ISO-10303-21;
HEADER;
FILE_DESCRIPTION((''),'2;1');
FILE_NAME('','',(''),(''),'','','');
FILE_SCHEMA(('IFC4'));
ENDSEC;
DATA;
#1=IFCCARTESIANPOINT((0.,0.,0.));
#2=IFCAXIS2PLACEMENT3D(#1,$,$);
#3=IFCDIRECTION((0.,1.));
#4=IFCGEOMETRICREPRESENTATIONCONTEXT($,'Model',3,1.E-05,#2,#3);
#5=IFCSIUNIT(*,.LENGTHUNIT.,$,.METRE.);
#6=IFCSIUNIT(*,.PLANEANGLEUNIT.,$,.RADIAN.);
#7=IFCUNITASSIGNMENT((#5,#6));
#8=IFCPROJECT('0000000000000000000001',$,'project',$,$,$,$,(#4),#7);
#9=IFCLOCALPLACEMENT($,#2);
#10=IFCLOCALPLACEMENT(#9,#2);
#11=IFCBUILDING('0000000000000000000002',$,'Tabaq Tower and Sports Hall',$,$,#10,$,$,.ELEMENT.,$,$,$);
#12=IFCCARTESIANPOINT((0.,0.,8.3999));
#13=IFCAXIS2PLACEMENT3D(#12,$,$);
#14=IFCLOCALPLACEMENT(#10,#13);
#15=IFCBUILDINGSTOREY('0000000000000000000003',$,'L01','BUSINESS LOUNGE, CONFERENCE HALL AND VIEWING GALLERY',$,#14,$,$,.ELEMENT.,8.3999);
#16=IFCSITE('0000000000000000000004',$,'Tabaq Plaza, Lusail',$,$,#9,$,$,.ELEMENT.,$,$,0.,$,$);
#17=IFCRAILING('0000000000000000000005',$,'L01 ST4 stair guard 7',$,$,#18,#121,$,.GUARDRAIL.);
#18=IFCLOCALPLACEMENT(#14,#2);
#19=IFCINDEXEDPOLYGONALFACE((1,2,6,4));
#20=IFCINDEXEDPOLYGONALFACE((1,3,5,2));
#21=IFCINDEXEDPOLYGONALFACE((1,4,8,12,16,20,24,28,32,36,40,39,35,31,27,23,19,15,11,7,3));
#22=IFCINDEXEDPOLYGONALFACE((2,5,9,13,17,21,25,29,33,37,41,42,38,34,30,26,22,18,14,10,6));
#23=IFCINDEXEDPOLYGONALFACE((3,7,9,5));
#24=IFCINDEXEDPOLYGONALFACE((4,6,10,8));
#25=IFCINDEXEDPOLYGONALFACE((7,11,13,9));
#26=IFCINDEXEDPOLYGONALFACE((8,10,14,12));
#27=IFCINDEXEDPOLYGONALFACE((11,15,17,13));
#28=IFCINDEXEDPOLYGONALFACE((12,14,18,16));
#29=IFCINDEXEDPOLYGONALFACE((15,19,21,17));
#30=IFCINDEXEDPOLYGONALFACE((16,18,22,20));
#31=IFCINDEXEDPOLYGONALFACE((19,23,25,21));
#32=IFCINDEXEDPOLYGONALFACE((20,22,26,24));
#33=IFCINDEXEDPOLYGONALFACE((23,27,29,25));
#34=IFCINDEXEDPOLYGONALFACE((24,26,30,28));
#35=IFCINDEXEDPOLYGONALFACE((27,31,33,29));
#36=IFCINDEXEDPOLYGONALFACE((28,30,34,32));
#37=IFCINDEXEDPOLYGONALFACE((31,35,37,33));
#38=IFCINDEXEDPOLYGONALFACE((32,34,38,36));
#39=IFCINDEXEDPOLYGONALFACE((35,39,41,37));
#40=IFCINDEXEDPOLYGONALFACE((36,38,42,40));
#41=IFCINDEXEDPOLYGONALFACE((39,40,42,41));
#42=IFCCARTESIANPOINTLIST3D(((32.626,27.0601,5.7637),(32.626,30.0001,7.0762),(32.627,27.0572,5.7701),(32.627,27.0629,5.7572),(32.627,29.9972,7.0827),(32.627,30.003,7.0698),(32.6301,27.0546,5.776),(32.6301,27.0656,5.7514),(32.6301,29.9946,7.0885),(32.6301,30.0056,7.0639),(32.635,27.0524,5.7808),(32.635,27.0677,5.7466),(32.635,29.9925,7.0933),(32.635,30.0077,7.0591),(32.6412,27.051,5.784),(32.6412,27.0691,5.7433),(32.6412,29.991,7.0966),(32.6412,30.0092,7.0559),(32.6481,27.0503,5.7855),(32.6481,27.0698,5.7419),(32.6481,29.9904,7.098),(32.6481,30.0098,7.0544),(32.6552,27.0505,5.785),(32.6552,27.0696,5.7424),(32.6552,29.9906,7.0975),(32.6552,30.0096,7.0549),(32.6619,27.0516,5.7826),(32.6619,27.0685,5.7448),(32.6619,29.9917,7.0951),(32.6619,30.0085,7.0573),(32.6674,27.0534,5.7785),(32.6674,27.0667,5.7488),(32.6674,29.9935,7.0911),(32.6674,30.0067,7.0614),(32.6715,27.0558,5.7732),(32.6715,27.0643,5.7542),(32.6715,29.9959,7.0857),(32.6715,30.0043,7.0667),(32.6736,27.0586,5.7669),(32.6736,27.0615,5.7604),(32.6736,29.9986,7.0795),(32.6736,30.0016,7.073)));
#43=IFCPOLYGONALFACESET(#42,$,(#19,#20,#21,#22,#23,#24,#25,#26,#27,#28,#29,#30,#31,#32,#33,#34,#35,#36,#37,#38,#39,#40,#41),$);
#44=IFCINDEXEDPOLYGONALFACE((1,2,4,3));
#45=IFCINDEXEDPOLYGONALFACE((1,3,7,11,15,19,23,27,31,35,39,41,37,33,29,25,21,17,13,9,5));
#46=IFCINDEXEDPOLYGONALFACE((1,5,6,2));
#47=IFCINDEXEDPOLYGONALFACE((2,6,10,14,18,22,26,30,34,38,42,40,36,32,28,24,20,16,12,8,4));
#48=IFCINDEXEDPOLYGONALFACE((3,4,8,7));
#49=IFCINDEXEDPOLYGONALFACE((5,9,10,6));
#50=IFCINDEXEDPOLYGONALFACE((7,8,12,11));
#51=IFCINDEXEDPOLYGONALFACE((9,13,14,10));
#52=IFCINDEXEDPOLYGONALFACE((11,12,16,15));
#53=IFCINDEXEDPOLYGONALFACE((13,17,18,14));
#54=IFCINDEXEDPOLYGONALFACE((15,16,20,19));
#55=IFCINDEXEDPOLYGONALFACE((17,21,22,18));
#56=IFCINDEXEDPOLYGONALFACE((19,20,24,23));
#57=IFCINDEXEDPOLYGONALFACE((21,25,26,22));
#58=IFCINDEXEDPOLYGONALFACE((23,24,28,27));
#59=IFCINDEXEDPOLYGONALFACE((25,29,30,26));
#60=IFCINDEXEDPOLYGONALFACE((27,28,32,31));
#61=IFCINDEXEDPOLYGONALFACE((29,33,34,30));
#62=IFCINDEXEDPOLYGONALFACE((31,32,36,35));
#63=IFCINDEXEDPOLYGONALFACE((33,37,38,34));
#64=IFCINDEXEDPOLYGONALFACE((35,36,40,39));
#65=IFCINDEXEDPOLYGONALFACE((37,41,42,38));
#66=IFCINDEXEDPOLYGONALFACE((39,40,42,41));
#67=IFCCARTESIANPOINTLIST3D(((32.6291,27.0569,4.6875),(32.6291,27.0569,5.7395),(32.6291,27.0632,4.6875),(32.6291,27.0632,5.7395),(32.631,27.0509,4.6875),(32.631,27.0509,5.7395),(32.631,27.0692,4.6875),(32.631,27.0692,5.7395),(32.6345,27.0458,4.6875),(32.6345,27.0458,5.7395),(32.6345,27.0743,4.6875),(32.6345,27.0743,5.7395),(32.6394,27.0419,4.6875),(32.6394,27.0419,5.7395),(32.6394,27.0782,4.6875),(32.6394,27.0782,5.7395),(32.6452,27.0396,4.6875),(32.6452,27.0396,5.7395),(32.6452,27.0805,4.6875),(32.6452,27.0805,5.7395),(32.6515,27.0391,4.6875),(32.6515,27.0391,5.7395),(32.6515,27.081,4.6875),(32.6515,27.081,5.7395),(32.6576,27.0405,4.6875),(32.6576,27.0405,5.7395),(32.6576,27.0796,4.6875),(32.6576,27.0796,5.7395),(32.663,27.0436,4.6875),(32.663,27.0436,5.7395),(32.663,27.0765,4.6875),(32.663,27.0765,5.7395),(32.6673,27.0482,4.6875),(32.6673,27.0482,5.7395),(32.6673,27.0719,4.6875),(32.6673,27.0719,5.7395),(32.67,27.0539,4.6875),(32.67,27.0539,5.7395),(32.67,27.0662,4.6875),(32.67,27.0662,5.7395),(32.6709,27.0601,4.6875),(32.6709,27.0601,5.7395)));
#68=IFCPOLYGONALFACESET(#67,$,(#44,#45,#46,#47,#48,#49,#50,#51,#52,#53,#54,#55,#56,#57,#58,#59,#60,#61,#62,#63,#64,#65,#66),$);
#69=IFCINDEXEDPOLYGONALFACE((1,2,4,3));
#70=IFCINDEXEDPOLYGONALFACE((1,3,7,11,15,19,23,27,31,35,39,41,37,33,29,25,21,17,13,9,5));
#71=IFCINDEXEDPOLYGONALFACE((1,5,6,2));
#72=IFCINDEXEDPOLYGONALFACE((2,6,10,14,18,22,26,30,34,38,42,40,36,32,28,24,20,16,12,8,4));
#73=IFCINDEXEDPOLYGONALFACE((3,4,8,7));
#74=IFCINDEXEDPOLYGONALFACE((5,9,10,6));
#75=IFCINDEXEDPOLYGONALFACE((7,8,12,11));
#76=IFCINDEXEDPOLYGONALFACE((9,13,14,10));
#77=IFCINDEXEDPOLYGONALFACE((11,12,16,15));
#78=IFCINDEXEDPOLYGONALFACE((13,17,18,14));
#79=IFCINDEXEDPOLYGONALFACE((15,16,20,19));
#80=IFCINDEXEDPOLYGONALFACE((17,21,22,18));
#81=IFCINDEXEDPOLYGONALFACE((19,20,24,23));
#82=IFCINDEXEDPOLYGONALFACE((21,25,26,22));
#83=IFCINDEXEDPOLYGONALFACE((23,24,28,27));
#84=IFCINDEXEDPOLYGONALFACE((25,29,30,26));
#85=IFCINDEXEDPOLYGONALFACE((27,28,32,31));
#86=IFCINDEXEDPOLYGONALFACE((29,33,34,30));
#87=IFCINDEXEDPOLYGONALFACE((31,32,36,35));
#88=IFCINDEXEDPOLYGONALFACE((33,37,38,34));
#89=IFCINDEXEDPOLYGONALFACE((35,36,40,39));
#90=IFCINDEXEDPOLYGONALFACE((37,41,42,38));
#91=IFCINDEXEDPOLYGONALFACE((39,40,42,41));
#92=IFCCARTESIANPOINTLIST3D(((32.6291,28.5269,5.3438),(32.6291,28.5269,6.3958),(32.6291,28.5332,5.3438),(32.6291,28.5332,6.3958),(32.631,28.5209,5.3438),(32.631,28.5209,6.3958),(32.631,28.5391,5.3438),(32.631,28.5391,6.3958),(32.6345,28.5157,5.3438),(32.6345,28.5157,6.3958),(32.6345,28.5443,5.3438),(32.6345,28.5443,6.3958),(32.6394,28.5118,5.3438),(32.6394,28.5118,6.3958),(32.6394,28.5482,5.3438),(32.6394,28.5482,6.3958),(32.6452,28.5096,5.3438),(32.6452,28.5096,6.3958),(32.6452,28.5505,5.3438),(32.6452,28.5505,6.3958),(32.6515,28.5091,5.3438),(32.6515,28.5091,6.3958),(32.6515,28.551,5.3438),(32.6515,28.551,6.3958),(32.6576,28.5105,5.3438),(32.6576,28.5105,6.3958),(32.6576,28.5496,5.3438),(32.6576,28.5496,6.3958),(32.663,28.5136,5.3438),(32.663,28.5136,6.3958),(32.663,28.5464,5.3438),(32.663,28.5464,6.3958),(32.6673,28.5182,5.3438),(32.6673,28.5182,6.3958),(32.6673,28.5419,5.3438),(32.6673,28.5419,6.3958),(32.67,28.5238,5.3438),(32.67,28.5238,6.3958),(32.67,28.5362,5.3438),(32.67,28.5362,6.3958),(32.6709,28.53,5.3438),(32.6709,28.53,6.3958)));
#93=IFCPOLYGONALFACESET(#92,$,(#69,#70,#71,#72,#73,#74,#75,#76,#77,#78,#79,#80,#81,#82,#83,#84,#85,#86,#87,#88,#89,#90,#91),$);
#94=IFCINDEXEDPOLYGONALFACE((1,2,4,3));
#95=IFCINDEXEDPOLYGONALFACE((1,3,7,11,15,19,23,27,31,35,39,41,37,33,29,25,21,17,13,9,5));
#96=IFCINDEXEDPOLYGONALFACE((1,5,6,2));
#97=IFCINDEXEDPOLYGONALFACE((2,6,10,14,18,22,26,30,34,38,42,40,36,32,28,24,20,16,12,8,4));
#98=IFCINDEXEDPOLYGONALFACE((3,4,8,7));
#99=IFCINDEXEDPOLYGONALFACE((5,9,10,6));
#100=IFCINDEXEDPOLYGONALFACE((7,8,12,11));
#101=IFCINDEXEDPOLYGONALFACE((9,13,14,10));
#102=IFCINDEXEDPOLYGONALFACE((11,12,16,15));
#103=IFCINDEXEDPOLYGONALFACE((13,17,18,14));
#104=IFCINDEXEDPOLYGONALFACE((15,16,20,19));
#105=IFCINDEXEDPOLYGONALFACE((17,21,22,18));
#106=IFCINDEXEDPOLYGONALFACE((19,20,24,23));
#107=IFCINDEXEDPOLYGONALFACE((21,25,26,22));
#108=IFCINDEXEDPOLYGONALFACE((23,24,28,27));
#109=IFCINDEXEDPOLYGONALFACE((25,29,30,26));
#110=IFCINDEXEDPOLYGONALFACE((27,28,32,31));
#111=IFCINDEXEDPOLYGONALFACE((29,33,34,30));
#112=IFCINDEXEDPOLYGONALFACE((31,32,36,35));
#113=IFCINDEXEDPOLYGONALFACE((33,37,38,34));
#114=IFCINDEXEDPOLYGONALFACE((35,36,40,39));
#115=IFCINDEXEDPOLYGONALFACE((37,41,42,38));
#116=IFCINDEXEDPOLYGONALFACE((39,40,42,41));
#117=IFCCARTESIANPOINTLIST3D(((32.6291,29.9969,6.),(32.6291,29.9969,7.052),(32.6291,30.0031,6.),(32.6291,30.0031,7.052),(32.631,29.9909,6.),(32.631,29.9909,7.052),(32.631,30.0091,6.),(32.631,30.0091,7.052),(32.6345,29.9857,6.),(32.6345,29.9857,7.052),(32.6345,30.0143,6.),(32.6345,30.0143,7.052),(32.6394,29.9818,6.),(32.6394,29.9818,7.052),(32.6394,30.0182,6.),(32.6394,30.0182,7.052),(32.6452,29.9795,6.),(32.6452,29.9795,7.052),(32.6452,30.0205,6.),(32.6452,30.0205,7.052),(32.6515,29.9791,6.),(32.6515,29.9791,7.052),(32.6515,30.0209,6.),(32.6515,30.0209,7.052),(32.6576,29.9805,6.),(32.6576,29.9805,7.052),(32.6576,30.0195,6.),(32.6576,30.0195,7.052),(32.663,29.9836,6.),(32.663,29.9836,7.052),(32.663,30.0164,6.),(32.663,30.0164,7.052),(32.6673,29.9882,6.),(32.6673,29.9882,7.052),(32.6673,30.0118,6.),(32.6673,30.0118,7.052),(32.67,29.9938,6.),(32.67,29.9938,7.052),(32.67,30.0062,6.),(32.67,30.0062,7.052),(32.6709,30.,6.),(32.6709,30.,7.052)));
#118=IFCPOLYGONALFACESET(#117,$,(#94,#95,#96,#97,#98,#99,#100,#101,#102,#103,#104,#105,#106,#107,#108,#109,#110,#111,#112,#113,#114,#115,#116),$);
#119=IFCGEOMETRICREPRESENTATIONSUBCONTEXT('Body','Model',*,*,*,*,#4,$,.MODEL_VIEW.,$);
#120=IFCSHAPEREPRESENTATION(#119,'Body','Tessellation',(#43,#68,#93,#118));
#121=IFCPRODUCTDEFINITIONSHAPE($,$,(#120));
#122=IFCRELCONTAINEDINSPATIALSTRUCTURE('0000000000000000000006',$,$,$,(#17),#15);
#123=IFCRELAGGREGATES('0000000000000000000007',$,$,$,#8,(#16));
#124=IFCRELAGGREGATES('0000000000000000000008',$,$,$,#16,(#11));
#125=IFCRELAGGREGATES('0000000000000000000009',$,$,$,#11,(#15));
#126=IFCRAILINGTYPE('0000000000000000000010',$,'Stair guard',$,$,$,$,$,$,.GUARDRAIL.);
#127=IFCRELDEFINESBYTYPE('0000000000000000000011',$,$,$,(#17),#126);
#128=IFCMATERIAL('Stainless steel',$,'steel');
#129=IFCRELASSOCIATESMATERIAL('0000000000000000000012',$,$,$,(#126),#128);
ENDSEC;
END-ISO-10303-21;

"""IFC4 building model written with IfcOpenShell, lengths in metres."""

from ifc_helpers import new_model, si_unit, direction, frame, origin, origin_2d, place, context, subcontext, project, spatial, circle, extrude, material, type_object, element, save


model = new_model("IFC4")

# Units and contexts
model_context = context("Model", 3, precision=1e-05, world=origin(), true_north=direction((0.0, 1.0)))
body_context = subcontext(model_context, "Body", "Model", "MODEL_VIEW")
ifc_project = project(units=[si_unit("LENGTHUNIT", "METRE"), si_unit("PLANEANGLEUNIT", "RADIAN")], contexts=[model_context])

# Site, building, storey
site_placement = place(None, origin())
site = spatial("IfcSite", under=ifc_project, at=site_placement, Name="Tabaq Plaza, Lusail", CompositionType="ELEMENT", RefElevation=0.0)
building_placement = place(site_placement, origin())
building = spatial("IfcBuilding", under=site, at=building_placement, Name="Tabaq Tower and Sports Hall", CompositionType="ELEMENT")
storey_placement = place(building_placement, frame((0.0, 0.0, 8.3999)))
storey = spatial("IfcBuildingStorey", under=building, at=storey_placement, Name="L01", Description="BUSINESS LOUNGE, CONFERENCE HALL AND VIEWING GALLERY", CompositionType="ELEMENT", Elevation=8.3999)

# Railing
ifc_material_1 = material(Name="Stainless steel", Category="steel")
railing_type_1 = type_object("IfcRailingType", Name="Stair guard", PredefinedType="GUARDRAIL", material=ifc_material_1)
railing_1_placement = place(storey_placement, frame((32.6499, 27.0601, 4.6875)))
element("IfcRailing", 1, at=railing_1_placement, inside=storey, type_object=railing_type_1, Name="L01 ST4 stair guard 7", PredefinedType="GUARDRAIL", context=body_context, shape_type="SweptSolid", body=[
    extrude(circle(Radius=0.0239, at=origin_2d()), frame((0.0, 0.0, 1.0762), z_axis=(0.0, 0.913135, 0.407658), x_axis=(-1.0, 0.0, 0.0)), (0.0, 0.0, 1.0), 3.2197),
    extrude(circle(Radius=0.021, at=origin_2d()), origin(), (0.0, 0.0, 1.0), 1.052),
    extrude(circle(Radius=0.021, at=origin_2d()), frame((0.0, 1.47, 0.6562)), (0.0, 0.0, 1.0), 1.052),
    extrude(circle(Radius=0.021, at=origin_2d()), frame((0.0, 2.9399, 1.3125)), (0.0, 0.0, 1.0), 1.052),
])

save(model, "model.ifc")
